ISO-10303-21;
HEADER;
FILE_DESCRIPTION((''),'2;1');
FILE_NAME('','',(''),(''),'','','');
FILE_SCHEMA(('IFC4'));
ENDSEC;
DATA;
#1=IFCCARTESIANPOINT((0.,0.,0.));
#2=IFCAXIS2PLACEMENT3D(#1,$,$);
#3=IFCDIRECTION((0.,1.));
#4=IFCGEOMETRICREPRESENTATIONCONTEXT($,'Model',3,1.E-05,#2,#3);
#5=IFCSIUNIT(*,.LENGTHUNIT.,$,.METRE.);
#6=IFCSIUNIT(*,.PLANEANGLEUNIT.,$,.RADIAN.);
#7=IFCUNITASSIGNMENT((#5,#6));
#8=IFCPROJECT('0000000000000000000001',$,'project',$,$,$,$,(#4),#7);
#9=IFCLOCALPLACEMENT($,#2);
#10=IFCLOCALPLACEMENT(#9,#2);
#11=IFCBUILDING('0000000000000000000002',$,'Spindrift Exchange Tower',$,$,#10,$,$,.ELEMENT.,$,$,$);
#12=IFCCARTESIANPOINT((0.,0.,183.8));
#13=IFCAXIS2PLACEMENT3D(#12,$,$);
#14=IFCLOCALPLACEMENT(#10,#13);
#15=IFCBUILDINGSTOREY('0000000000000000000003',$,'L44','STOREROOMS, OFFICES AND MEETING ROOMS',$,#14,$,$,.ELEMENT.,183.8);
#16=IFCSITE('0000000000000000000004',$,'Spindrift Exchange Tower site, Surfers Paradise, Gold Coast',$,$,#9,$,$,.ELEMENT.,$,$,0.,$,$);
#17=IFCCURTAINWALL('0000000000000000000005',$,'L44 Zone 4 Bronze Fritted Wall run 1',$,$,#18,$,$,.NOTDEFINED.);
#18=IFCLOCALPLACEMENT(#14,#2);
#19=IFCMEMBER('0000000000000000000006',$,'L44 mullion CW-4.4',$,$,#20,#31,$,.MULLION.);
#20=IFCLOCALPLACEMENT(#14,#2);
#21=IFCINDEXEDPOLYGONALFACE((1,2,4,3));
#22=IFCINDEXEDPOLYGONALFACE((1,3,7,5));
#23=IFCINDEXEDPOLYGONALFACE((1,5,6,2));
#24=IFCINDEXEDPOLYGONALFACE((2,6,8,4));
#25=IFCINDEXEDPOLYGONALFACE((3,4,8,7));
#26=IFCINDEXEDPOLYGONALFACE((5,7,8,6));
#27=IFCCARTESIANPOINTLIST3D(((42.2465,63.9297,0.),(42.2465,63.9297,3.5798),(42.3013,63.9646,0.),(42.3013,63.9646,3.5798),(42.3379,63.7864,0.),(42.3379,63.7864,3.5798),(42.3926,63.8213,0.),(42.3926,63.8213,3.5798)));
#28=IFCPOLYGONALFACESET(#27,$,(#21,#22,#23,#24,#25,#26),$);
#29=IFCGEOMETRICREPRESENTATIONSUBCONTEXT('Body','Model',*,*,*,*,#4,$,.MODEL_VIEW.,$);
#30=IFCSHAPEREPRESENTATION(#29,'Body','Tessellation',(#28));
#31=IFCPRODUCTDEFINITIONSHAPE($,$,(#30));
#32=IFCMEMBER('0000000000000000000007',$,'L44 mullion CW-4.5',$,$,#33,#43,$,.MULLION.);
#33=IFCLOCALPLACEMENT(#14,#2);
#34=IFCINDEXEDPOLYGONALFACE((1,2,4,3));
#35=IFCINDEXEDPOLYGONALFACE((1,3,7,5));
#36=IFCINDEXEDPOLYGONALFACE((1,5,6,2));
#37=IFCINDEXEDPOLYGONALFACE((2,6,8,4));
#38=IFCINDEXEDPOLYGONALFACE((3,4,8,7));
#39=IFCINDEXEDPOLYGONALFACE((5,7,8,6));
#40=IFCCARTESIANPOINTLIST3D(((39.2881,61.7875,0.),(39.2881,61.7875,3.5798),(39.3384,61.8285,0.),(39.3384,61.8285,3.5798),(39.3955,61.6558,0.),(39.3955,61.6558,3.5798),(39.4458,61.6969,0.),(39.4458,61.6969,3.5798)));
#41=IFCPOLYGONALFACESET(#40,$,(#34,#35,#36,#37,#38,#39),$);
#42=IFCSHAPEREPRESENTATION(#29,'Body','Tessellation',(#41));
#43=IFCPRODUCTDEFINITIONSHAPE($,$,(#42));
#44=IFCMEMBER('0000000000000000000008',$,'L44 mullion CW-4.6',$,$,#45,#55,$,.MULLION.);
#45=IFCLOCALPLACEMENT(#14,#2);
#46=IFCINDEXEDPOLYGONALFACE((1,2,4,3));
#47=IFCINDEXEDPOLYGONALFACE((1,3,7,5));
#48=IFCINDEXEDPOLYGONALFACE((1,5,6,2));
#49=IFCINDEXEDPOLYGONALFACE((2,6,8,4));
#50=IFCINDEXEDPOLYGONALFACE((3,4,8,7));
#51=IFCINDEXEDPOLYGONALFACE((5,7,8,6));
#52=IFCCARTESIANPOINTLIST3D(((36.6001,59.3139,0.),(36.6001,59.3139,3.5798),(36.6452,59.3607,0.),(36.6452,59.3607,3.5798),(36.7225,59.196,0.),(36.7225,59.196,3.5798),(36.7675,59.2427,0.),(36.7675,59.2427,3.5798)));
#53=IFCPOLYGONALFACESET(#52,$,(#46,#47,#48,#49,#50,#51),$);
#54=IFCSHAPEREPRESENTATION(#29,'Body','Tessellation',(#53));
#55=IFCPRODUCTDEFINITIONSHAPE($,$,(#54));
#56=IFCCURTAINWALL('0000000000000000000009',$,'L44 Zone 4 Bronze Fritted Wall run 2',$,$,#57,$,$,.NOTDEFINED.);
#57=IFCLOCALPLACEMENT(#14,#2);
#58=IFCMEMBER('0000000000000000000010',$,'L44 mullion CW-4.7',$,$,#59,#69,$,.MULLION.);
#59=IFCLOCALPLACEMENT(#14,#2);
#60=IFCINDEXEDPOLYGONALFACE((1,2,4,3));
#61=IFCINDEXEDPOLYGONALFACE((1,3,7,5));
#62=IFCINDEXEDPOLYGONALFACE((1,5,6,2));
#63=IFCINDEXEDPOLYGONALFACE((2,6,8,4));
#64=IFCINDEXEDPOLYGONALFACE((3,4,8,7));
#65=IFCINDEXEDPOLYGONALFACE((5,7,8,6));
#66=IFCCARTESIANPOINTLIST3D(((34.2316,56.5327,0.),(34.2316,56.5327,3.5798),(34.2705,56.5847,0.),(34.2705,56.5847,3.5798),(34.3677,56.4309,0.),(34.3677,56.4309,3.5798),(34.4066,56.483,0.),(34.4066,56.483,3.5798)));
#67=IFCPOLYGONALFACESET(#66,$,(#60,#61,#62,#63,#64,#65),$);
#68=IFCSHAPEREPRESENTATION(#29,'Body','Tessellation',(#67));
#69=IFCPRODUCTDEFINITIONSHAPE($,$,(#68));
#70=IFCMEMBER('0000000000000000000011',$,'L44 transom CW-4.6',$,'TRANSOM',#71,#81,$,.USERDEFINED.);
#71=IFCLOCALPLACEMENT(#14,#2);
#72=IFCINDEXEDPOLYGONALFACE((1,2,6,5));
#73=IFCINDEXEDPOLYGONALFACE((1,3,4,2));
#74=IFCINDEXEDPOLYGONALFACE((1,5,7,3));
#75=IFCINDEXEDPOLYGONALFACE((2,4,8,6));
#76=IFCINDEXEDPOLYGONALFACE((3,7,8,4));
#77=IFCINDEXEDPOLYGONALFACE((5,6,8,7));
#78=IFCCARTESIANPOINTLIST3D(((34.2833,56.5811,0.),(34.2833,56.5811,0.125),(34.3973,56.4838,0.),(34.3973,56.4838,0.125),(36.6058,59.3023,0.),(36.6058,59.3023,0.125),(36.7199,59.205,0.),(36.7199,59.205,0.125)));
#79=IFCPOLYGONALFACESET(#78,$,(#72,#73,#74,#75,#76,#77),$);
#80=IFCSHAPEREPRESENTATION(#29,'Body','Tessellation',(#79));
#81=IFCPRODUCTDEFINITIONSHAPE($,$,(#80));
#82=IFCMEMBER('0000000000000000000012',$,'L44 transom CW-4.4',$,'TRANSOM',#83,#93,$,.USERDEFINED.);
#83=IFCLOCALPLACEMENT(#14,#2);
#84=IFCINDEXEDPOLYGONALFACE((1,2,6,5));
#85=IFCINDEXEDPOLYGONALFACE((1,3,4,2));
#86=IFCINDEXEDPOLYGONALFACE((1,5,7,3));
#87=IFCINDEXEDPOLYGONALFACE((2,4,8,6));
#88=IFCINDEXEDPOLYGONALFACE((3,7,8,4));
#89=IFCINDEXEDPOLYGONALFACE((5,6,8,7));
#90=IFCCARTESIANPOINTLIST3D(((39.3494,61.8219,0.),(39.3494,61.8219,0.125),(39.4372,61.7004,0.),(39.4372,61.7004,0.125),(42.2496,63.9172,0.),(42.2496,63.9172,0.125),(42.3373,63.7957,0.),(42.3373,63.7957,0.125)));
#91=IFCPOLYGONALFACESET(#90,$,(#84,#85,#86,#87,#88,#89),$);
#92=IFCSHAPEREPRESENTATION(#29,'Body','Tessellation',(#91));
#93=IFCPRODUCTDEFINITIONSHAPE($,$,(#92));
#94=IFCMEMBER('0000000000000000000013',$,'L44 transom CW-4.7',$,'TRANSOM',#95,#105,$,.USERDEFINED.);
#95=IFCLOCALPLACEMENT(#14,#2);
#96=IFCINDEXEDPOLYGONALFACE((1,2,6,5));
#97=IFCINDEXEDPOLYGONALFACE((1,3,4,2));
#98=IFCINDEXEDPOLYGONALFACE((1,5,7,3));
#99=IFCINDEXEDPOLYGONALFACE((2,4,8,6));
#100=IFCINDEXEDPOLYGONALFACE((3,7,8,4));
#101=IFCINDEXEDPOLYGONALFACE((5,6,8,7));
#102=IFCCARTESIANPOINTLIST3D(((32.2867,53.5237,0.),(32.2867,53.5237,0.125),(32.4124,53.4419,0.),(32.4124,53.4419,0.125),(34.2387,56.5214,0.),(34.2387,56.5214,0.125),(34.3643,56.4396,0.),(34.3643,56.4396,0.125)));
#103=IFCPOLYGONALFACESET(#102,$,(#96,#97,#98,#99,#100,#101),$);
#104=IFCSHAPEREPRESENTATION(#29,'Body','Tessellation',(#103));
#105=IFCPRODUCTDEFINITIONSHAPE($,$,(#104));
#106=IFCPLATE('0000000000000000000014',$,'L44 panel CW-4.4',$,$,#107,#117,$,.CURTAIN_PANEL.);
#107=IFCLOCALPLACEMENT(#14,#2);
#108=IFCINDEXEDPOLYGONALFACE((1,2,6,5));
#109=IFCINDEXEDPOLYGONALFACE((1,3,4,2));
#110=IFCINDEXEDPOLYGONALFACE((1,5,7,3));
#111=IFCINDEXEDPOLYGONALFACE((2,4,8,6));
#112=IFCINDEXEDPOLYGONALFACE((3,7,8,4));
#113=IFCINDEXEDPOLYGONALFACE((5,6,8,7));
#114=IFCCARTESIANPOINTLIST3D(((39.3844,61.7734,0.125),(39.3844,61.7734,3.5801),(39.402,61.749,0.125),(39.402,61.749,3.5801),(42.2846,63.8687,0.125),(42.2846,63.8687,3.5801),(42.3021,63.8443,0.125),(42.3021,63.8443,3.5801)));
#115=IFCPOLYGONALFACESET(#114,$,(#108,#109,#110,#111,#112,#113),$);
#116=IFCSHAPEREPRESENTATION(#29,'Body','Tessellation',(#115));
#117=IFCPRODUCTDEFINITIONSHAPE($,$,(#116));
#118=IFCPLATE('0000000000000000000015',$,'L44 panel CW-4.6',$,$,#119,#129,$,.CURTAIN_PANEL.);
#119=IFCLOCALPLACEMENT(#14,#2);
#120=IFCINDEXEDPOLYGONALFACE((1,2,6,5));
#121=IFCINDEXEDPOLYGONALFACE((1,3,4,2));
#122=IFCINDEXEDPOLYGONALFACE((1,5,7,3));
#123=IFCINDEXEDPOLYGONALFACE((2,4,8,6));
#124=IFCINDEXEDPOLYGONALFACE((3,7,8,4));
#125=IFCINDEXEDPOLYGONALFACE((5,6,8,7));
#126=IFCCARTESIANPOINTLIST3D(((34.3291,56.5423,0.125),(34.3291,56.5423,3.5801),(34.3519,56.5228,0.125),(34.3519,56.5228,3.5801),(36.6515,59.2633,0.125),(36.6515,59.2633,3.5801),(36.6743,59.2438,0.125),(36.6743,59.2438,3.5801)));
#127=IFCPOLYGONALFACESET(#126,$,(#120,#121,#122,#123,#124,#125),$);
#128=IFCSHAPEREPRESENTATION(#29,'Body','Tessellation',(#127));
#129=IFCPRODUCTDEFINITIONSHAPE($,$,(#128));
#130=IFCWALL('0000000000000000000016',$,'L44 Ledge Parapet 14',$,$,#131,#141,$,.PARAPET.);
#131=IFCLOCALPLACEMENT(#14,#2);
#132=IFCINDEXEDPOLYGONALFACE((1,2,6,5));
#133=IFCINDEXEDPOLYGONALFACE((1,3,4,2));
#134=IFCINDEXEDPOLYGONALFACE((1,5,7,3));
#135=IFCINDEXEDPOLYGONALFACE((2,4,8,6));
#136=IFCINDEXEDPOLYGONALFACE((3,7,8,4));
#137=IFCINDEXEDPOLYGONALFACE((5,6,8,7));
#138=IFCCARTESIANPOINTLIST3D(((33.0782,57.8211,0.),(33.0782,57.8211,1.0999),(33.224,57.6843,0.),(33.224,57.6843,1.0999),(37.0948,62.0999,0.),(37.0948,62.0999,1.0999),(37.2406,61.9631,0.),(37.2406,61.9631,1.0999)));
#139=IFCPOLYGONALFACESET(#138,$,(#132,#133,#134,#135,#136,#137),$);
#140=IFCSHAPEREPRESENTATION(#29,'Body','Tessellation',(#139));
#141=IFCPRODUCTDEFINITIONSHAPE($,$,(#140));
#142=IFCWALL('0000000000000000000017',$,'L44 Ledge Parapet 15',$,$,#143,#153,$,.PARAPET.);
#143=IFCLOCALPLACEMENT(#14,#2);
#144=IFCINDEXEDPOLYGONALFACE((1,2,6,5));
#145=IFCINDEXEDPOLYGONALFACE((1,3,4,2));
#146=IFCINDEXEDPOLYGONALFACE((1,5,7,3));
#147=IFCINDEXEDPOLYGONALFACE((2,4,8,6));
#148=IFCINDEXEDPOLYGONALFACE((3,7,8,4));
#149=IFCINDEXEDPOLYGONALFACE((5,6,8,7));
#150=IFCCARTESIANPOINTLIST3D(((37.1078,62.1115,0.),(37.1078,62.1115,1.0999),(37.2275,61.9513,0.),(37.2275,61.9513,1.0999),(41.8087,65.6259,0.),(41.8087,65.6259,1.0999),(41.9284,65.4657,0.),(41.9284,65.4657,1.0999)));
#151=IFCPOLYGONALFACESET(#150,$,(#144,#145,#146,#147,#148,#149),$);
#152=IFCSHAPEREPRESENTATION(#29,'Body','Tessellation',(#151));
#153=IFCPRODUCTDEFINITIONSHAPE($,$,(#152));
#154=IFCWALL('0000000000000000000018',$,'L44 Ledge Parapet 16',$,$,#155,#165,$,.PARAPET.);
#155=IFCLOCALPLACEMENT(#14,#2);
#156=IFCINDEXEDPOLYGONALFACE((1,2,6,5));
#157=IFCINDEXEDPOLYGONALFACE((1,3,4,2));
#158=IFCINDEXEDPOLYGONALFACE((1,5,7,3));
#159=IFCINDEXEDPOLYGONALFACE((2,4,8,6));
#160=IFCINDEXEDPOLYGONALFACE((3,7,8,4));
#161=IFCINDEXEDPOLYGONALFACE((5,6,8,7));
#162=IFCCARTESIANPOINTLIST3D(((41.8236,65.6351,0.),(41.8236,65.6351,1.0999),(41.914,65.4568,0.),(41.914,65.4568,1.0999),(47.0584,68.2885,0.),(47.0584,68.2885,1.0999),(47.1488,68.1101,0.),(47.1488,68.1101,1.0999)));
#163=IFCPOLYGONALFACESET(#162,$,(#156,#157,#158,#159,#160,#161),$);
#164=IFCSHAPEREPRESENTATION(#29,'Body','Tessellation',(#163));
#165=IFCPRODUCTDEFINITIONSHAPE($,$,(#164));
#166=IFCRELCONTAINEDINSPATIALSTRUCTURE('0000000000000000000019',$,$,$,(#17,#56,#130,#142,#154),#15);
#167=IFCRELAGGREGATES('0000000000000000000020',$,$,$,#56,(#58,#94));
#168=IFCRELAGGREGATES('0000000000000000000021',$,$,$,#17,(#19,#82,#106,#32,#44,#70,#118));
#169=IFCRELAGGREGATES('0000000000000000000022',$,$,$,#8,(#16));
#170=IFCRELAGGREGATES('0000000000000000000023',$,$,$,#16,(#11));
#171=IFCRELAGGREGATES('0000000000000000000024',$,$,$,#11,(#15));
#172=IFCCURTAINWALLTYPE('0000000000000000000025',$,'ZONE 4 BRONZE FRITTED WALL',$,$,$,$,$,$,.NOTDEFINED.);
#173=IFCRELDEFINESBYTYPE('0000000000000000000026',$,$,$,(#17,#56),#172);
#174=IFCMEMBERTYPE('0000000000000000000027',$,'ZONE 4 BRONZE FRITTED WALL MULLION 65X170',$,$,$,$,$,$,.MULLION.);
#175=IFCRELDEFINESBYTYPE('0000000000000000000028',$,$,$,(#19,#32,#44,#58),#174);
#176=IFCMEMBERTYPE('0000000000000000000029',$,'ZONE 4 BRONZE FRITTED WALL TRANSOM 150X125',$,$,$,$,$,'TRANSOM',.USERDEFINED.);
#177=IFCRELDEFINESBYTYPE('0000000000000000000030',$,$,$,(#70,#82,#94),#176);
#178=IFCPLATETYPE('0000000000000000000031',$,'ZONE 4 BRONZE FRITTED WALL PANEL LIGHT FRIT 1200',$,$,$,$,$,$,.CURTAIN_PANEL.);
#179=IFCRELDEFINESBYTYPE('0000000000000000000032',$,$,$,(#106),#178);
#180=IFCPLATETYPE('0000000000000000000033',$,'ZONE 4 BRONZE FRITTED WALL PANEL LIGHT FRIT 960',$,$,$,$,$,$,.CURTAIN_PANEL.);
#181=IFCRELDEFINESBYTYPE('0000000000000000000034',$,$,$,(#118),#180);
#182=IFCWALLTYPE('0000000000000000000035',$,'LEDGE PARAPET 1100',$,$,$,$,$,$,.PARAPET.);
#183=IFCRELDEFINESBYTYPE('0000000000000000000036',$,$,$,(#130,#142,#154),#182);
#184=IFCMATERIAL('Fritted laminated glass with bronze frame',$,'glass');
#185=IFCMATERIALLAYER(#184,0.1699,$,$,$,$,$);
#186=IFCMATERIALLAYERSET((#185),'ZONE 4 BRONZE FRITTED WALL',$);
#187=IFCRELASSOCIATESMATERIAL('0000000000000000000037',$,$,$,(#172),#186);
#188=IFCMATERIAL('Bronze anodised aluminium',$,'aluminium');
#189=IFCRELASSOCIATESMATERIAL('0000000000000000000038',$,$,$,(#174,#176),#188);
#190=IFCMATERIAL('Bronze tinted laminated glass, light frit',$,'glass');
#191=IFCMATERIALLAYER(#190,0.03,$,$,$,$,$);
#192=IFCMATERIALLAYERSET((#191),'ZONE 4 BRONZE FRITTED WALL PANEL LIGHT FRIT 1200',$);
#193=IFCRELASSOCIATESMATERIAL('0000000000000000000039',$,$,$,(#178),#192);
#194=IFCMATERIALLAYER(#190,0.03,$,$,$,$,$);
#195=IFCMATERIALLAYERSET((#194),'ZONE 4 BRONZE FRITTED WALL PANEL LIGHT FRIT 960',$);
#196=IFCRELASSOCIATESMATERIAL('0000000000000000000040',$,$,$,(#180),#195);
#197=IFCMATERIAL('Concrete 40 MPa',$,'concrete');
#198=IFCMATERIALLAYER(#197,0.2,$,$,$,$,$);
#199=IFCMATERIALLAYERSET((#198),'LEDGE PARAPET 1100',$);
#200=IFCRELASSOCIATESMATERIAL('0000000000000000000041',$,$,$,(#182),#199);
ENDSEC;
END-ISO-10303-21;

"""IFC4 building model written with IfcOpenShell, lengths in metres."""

from ifc_helpers import new_model, si_unit, direction, frame, frame_2d, origin, origin_2d, place, context, subcontext, project, spatial, rectangle, extrude, source, transform, mapped, material, layer, layer_set, material_profile, profile_set, type_object, element, aggregate, save


model = new_model("IFC4")

# Units and contexts
model_context = context("Model", 3, precision=1e-05, world=origin(), true_north=direction((0.0, 1.0)))
body_context = subcontext(model_context, "Body", "Model", "MODEL_VIEW")
ifc_project = project(units=[si_unit("LENGTHUNIT", "METRE"), si_unit("PLANEANGLEUNIT", "RADIAN")], contexts=[model_context])

# Site, building, storey
site_placement = place(None, origin())
site = spatial("IfcSite", under=ifc_project, at=site_placement, Name="Spindrift Exchange Tower site, Surfers Paradise, Gold Coast", CompositionType="ELEMENT", RefElevation=0.0)
building_placement = place(site_placement, origin())
building = spatial("IfcBuilding", under=site, at=building_placement, Name="Spindrift Exchange Tower", CompositionType="ELEMENT")
storey_placement = place(building_placement, frame((0.0, 0.0, 183.8)))
storey = spatial("IfcBuildingStorey", under=building, at=storey_placement, Name="L44", Description="STOREROOMS, OFFICES AND MEETING ROOMS", CompositionType="ELEMENT", Elevation=183.8)

# Curtain wall, members
ifc_material_1 = material(Name="Fritted laminated glass with bronze frame", Category="glass")
ifc_layer_1 = layer(ifc_material_1, 0.1699)
ifc_layer_set_1 = layer_set([ifc_layer_1], Name="ZONE 4 BRONZE FRITTED WALL")
curtain_wall_type = type_object("IfcCurtainWallType", Name="ZONE 4 BRONZE FRITTED WALL", PredefinedType="NOTDEFINED", material=ifc_layer_set_1)
curtain_wall_1_placement = place(storey_placement, origin())
curtain_wall_1 = element("IfcCurtainWall", 1, at=curtain_wall_1_placement, inside=storey, type_object=curtain_wall_type, Name="L44 Zone 4 Bronze Fritted Wall run 1", PredefinedType="NOTDEFINED")
ifc_material_2 = material(Name="Bronze anodised aluminium", Category="aluminium")
ifc_material_profile_1 = material_profile(ifc_material_2, rectangle(XDim=0.0649, YDim=0.1699, at=origin_2d()), Name="ZONE 4 BRONZE FRITTED WALL MULLION 65X170")
ifc_profile_set_1 = profile_set([ifc_material_profile_1], Name="Bronze anodised aluminium")
member_type_1 = type_object("IfcMemberType", Name="ZONE 4 BRONZE FRITTED WALL MULLION 65X170", PredefinedType="MULLION", material=ifc_profile_set_1)
shared_shape_1 = source(origin(), body_context, "Body", "SweptSolid", [
    extrude(rectangle(XDim=0.0649, YDim=0.1699, at=origin_2d()), origin(), (0.0, 0.0, 1.0), 3.5798),
])
member_1_placement = place(storey_placement, frame((42.3196, 63.8755, 0.0), z_axis=(0.0, 0.0, 1.0), x_axis=(-0.84329, -0.537459, 0.0)))
member_1 = element("IfcMember", 2, at=member_1_placement, type_object=member_type_1, Name="L44 mullion CW-4.4", PredefinedType="MULLION", context=body_context, shape_type="MappedRepresentation", body=[
    mapped(shared_shape_1, transform((0.0, 0.0, 0.0), scale=1.0)),
])
member_2_placement = place(storey_placement, frame((39.3669, 61.7422, 0.0), z_axis=(0.0, 0.0, 1.0), x_axis=(-0.774887, -0.6321, 0.0)))
member_2 = element("IfcMember", 3, at=member_2_placement, type_object=member_type_1, Name="L44 mullion CW-4.5", PredefinedType="MULLION", context=body_context, shape_type="MappedRepresentation", body=[
    mapped(shared_shape_1, transform((0.0, 0.0, 0.0), scale=1.0)),
])
member_3_placement = place(storey_placement, frame((36.6838, 59.2783, 0.0), z_axis=(0.0, 0.0, 1.0), x_axis=(-0.694138, -0.719842, 0.0)))
member_3 = element("IfcMember", 4, at=member_3_placement, type_object=member_type_1, Name="L44 mullion CW-4.6", PredefinedType="MULLION", context=body_context, shape_type="MappedRepresentation", body=[
    mapped(shared_shape_1, transform((0.0, 0.0, 0.0), scale=1.0)),
])

# Curtain wall, member
curtain_wall_2_placement = place(storey_placement, origin())
curtain_wall_2 = element("IfcCurtainWall", 5, at=curtain_wall_2_placement, inside=storey, type_object=curtain_wall_type, Name="L44 Zone 4 Bronze Fritted Wall run 2", PredefinedType="NOTDEFINED")
member_4_placement = place(storey_placement, frame((34.3191, 56.5078, 0.0), z_axis=(0.0, 0.0, 1.0), x_axis=(-0.598682, -0.800987, 0.0)))
member_4 = element("IfcMember", 6, at=member_4_placement, type_object=member_type_1, Name="L44 mullion CW-4.7", PredefinedType="MULLION", context=body_context, shape_type="MappedRepresentation", body=[
    mapped(shared_shape_1, transform((0.0, 0.0, 0.0), scale=1.0)),
])

# Members
ifc_material_profile_2 = material_profile(ifc_material_2, rectangle(XDim=0.1499, YDim=0.125, at=origin_2d()), Name="ZONE 4 BRONZE FRITTED WALL TRANSOM 150X125")
ifc_profile_set_2 = profile_set([ifc_material_profile_2], Name="Bronze anodised aluminium")
member_type_2 = type_object("IfcMemberType", Name="ZONE 4 BRONZE FRITTED WALL TRANSOM 150X125", ElementType="TRANSOM", PredefinedType="USERDEFINED", material=ifc_profile_set_2)
shared_shape_2 = source(origin(), body_context, "Body", "SweptSolid", [
    extrude(rectangle(XDim=0.1499, YDim=0.125, at=origin_2d()), origin(), (0.0, 0.0, 1.0), 3.5776),
])
member_5_placement = place(storey_placement, frame((36.6628, 59.2537, 0.0625), z_axis=(-0.649188, -0.760628, 0.0), x_axis=(0.760628, -0.649188, 0.0)))
member_5 = element("IfcMember", 7, at=member_5_placement, type_object=member_type_2, Name="L44 transom CW-4.6", ObjectType="TRANSOM", PredefinedType="USERDEFINED", context=body_context, shape_type="MappedRepresentation", body=[
    mapped(shared_shape_2, transform((0.0, 0.0, 0.0), scale=1.0)),
])
shared_shape_3 = source(origin(), body_context, "Body", "SweptSolid", [
    extrude(rectangle(XDim=0.1499, YDim=0.125, at=origin_2d()), origin(), (0.0, 0.0, 1.0), 3.5779),
])
member_6_placement = place(storey_placement, frame((42.2935, 63.8564, 0.0625), z_axis=(-0.810591, -0.585613, 0.0), x_axis=(0.585613, -0.810591, 0.0)))
member_6 = element("IfcMember", 8, at=member_6_placement, type_object=member_type_2, Name="L44 transom CW-4.4", ObjectType="TRANSOM", PredefinedType="USERDEFINED", context=body_context, shape_type="MappedRepresentation", body=[
    mapped(shared_shape_3, transform((0.0, 0.0, 0.0), scale=1.0)),
])
shared_shape_4 = source(origin(), body_context, "Body", "SweptSolid", [
    extrude(rectangle(XDim=0.1499, YDim=0.125, at=origin_2d()), origin(), (0.0, 0.0, 1.0), 3.5771),
])
member_7_placement = place(storey_placement, frame((34.3015, 56.4805, 0.0625), z_axis=(-0.545674, -0.837997, 0.0), x_axis=(0.837997, -0.545674, 0.0)))
member_7 = element("IfcMember", 9, at=member_7_placement, type_object=member_type_2, Name="L44 transom CW-4.7", ObjectType="TRANSOM", PredefinedType="USERDEFINED", context=body_context, shape_type="MappedRepresentation", body=[
    mapped(shared_shape_4, transform((0.0, 0.0, 0.0), scale=1.0)),
])
aggregate(curtain_wall_2, [member_4, member_7])

# Plates
ifc_material_3 = material(Name="Bronze tinted laminated glass, light frit", Category="glass")
ifc_layer_2 = layer(ifc_material_3, 0.03)
ifc_layer_set_2 = layer_set([ifc_layer_2], Name="ZONE 4 BRONZE FRITTED WALL PANEL LIGHT FRIT 1200")
plate_type_1 = type_object("IfcPlateType", Name="ZONE 4 BRONZE FRITTED WALL PANEL LIGHT FRIT 1200", PredefinedType="CURTAIN_PANEL", material=ifc_layer_set_2)
shared_shape_5 = source(origin(), body_context, "Body", "SweptSolid", [
    extrude(rectangle(XDim=3.5779, YDim=0.03, at=origin_2d()), origin(), (0.0, 0.0, 1.0), 3.4551),
])
plate_1_placement = place(storey_placement, frame((40.8433, 62.8088, 0.125), z_axis=(0.0, 0.0, 1.0), x_axis=(-0.810585, -0.585621, 0.0)))
plate_1 = element("IfcPlate", 10, at=plate_1_placement, type_object=plate_type_1, Name="L44 panel CW-4.4", PredefinedType="CURTAIN_PANEL", context=body_context, shape_type="MappedRepresentation", body=[
    mapped(shared_shape_5, transform((0.0, 0.0, 0.0), scale=1.0)),
])
ifc_layer_3 = layer(ifc_material_3, 0.03)
ifc_layer_set_3 = layer_set([ifc_layer_3], Name="ZONE 4 BRONZE FRITTED WALL PANEL LIGHT FRIT 960")
plate_type_2 = type_object("IfcPlateType", Name="ZONE 4 BRONZE FRITTED WALL PANEL LIGHT FRIT 960", PredefinedType="CURTAIN_PANEL", material=ifc_layer_set_3)
shared_shape_6 = source(origin(), body_context, "Body", "SweptSolid", [
    extrude(rectangle(XDim=3.5774, YDim=0.03, at=origin_2d()), origin(), (0.0, 0.0, 1.0), 3.4551),
])
plate_2_placement = place(storey_placement, frame((35.5017, 57.8931, 0.125), z_axis=(0.0, 0.0, 1.0), x_axis=(-0.649192, -0.760625, 0.0)))
plate_2 = element("IfcPlate", 11, at=plate_2_placement, type_object=plate_type_2, Name="L44 panel CW-4.6", PredefinedType="CURTAIN_PANEL", context=body_context, shape_type="MappedRepresentation", body=[
    mapped(shared_shape_6, transform((0.0, 0.0, 0.0), scale=1.0)),
])
aggregate(curtain_wall_1, [member_1, member_6, plate_1, member_2, member_3, member_5, plate_2])

# Walls
ifc_material_4 = material(Name="Concrete 40 MPa", Category="concrete")
ifc_layer_4 = layer(ifc_material_4, 0.2)
ifc_layer_set_4 = layer_set([ifc_layer_4], Name="LEDGE PARAPET 1100")
wall_type_1 = type_object("IfcWallType", Name="LEDGE PARAPET 1100", PredefinedType="PARAPET", material=ifc_layer_set_4)
wall_1_placement = place(storey_placement, frame((33.1511, 57.7527, 0.0), z_axis=(0.0, 0.0, 1.0), x_axis=(0.684414, 0.729093, 0.0)))
element("IfcWall", 12, at=wall_1_placement, inside=storey, type_object=wall_type_1, Name="L44 Ledge Parapet 14", PredefinedType="PARAPET", context=body_context, shape_type="SweptSolid", body=[
    extrude(rectangle(XDim=5.8687, YDim=0.2, at=frame_2d((2.9343, 0.0))), origin(), (0.0, 0.0, 1.0), 1.0999),
])
wall_2_placement = place(storey_placement, frame((37.1677, 62.0315, 0.0), z_axis=(0.0, 0.0, 1.0), x_axis=(0.800922, 0.598768, 0.0)))
element("IfcWall", 13, at=wall_2_placement, inside=storey, type_object=wall_type_1, Name="L44 Ledge Parapet 15", PredefinedType="PARAPET", context=body_context, shape_type="SweptSolid", body=[
    extrude(rectangle(XDim=5.8694, YDim=0.2, at=frame_2d((2.9346, 0.0))), origin(), (0.0, 0.0, 1.0), 1.0999),
])
wall_3_placement = place(storey_placement, frame((41.8687, 65.5459, 0.0), z_axis=(0.0, 0.0, 1.0), x_axis=(0.891968, 0.452099, 0.0)))
element("IfcWall", 14, at=wall_3_placement, inside=storey, type_object=wall_type_1, Name="L44 Ledge Parapet 16", PredefinedType="PARAPET", context=body_context, shape_type="SweptSolid", body=[
    extrude(rectangle(XDim=5.8689, YDim=0.2, at=frame_2d((2.9346, 0.0))), origin(), (0.0, 0.0, 1.0), 1.0999),
])

save(model, "model.ifc")
